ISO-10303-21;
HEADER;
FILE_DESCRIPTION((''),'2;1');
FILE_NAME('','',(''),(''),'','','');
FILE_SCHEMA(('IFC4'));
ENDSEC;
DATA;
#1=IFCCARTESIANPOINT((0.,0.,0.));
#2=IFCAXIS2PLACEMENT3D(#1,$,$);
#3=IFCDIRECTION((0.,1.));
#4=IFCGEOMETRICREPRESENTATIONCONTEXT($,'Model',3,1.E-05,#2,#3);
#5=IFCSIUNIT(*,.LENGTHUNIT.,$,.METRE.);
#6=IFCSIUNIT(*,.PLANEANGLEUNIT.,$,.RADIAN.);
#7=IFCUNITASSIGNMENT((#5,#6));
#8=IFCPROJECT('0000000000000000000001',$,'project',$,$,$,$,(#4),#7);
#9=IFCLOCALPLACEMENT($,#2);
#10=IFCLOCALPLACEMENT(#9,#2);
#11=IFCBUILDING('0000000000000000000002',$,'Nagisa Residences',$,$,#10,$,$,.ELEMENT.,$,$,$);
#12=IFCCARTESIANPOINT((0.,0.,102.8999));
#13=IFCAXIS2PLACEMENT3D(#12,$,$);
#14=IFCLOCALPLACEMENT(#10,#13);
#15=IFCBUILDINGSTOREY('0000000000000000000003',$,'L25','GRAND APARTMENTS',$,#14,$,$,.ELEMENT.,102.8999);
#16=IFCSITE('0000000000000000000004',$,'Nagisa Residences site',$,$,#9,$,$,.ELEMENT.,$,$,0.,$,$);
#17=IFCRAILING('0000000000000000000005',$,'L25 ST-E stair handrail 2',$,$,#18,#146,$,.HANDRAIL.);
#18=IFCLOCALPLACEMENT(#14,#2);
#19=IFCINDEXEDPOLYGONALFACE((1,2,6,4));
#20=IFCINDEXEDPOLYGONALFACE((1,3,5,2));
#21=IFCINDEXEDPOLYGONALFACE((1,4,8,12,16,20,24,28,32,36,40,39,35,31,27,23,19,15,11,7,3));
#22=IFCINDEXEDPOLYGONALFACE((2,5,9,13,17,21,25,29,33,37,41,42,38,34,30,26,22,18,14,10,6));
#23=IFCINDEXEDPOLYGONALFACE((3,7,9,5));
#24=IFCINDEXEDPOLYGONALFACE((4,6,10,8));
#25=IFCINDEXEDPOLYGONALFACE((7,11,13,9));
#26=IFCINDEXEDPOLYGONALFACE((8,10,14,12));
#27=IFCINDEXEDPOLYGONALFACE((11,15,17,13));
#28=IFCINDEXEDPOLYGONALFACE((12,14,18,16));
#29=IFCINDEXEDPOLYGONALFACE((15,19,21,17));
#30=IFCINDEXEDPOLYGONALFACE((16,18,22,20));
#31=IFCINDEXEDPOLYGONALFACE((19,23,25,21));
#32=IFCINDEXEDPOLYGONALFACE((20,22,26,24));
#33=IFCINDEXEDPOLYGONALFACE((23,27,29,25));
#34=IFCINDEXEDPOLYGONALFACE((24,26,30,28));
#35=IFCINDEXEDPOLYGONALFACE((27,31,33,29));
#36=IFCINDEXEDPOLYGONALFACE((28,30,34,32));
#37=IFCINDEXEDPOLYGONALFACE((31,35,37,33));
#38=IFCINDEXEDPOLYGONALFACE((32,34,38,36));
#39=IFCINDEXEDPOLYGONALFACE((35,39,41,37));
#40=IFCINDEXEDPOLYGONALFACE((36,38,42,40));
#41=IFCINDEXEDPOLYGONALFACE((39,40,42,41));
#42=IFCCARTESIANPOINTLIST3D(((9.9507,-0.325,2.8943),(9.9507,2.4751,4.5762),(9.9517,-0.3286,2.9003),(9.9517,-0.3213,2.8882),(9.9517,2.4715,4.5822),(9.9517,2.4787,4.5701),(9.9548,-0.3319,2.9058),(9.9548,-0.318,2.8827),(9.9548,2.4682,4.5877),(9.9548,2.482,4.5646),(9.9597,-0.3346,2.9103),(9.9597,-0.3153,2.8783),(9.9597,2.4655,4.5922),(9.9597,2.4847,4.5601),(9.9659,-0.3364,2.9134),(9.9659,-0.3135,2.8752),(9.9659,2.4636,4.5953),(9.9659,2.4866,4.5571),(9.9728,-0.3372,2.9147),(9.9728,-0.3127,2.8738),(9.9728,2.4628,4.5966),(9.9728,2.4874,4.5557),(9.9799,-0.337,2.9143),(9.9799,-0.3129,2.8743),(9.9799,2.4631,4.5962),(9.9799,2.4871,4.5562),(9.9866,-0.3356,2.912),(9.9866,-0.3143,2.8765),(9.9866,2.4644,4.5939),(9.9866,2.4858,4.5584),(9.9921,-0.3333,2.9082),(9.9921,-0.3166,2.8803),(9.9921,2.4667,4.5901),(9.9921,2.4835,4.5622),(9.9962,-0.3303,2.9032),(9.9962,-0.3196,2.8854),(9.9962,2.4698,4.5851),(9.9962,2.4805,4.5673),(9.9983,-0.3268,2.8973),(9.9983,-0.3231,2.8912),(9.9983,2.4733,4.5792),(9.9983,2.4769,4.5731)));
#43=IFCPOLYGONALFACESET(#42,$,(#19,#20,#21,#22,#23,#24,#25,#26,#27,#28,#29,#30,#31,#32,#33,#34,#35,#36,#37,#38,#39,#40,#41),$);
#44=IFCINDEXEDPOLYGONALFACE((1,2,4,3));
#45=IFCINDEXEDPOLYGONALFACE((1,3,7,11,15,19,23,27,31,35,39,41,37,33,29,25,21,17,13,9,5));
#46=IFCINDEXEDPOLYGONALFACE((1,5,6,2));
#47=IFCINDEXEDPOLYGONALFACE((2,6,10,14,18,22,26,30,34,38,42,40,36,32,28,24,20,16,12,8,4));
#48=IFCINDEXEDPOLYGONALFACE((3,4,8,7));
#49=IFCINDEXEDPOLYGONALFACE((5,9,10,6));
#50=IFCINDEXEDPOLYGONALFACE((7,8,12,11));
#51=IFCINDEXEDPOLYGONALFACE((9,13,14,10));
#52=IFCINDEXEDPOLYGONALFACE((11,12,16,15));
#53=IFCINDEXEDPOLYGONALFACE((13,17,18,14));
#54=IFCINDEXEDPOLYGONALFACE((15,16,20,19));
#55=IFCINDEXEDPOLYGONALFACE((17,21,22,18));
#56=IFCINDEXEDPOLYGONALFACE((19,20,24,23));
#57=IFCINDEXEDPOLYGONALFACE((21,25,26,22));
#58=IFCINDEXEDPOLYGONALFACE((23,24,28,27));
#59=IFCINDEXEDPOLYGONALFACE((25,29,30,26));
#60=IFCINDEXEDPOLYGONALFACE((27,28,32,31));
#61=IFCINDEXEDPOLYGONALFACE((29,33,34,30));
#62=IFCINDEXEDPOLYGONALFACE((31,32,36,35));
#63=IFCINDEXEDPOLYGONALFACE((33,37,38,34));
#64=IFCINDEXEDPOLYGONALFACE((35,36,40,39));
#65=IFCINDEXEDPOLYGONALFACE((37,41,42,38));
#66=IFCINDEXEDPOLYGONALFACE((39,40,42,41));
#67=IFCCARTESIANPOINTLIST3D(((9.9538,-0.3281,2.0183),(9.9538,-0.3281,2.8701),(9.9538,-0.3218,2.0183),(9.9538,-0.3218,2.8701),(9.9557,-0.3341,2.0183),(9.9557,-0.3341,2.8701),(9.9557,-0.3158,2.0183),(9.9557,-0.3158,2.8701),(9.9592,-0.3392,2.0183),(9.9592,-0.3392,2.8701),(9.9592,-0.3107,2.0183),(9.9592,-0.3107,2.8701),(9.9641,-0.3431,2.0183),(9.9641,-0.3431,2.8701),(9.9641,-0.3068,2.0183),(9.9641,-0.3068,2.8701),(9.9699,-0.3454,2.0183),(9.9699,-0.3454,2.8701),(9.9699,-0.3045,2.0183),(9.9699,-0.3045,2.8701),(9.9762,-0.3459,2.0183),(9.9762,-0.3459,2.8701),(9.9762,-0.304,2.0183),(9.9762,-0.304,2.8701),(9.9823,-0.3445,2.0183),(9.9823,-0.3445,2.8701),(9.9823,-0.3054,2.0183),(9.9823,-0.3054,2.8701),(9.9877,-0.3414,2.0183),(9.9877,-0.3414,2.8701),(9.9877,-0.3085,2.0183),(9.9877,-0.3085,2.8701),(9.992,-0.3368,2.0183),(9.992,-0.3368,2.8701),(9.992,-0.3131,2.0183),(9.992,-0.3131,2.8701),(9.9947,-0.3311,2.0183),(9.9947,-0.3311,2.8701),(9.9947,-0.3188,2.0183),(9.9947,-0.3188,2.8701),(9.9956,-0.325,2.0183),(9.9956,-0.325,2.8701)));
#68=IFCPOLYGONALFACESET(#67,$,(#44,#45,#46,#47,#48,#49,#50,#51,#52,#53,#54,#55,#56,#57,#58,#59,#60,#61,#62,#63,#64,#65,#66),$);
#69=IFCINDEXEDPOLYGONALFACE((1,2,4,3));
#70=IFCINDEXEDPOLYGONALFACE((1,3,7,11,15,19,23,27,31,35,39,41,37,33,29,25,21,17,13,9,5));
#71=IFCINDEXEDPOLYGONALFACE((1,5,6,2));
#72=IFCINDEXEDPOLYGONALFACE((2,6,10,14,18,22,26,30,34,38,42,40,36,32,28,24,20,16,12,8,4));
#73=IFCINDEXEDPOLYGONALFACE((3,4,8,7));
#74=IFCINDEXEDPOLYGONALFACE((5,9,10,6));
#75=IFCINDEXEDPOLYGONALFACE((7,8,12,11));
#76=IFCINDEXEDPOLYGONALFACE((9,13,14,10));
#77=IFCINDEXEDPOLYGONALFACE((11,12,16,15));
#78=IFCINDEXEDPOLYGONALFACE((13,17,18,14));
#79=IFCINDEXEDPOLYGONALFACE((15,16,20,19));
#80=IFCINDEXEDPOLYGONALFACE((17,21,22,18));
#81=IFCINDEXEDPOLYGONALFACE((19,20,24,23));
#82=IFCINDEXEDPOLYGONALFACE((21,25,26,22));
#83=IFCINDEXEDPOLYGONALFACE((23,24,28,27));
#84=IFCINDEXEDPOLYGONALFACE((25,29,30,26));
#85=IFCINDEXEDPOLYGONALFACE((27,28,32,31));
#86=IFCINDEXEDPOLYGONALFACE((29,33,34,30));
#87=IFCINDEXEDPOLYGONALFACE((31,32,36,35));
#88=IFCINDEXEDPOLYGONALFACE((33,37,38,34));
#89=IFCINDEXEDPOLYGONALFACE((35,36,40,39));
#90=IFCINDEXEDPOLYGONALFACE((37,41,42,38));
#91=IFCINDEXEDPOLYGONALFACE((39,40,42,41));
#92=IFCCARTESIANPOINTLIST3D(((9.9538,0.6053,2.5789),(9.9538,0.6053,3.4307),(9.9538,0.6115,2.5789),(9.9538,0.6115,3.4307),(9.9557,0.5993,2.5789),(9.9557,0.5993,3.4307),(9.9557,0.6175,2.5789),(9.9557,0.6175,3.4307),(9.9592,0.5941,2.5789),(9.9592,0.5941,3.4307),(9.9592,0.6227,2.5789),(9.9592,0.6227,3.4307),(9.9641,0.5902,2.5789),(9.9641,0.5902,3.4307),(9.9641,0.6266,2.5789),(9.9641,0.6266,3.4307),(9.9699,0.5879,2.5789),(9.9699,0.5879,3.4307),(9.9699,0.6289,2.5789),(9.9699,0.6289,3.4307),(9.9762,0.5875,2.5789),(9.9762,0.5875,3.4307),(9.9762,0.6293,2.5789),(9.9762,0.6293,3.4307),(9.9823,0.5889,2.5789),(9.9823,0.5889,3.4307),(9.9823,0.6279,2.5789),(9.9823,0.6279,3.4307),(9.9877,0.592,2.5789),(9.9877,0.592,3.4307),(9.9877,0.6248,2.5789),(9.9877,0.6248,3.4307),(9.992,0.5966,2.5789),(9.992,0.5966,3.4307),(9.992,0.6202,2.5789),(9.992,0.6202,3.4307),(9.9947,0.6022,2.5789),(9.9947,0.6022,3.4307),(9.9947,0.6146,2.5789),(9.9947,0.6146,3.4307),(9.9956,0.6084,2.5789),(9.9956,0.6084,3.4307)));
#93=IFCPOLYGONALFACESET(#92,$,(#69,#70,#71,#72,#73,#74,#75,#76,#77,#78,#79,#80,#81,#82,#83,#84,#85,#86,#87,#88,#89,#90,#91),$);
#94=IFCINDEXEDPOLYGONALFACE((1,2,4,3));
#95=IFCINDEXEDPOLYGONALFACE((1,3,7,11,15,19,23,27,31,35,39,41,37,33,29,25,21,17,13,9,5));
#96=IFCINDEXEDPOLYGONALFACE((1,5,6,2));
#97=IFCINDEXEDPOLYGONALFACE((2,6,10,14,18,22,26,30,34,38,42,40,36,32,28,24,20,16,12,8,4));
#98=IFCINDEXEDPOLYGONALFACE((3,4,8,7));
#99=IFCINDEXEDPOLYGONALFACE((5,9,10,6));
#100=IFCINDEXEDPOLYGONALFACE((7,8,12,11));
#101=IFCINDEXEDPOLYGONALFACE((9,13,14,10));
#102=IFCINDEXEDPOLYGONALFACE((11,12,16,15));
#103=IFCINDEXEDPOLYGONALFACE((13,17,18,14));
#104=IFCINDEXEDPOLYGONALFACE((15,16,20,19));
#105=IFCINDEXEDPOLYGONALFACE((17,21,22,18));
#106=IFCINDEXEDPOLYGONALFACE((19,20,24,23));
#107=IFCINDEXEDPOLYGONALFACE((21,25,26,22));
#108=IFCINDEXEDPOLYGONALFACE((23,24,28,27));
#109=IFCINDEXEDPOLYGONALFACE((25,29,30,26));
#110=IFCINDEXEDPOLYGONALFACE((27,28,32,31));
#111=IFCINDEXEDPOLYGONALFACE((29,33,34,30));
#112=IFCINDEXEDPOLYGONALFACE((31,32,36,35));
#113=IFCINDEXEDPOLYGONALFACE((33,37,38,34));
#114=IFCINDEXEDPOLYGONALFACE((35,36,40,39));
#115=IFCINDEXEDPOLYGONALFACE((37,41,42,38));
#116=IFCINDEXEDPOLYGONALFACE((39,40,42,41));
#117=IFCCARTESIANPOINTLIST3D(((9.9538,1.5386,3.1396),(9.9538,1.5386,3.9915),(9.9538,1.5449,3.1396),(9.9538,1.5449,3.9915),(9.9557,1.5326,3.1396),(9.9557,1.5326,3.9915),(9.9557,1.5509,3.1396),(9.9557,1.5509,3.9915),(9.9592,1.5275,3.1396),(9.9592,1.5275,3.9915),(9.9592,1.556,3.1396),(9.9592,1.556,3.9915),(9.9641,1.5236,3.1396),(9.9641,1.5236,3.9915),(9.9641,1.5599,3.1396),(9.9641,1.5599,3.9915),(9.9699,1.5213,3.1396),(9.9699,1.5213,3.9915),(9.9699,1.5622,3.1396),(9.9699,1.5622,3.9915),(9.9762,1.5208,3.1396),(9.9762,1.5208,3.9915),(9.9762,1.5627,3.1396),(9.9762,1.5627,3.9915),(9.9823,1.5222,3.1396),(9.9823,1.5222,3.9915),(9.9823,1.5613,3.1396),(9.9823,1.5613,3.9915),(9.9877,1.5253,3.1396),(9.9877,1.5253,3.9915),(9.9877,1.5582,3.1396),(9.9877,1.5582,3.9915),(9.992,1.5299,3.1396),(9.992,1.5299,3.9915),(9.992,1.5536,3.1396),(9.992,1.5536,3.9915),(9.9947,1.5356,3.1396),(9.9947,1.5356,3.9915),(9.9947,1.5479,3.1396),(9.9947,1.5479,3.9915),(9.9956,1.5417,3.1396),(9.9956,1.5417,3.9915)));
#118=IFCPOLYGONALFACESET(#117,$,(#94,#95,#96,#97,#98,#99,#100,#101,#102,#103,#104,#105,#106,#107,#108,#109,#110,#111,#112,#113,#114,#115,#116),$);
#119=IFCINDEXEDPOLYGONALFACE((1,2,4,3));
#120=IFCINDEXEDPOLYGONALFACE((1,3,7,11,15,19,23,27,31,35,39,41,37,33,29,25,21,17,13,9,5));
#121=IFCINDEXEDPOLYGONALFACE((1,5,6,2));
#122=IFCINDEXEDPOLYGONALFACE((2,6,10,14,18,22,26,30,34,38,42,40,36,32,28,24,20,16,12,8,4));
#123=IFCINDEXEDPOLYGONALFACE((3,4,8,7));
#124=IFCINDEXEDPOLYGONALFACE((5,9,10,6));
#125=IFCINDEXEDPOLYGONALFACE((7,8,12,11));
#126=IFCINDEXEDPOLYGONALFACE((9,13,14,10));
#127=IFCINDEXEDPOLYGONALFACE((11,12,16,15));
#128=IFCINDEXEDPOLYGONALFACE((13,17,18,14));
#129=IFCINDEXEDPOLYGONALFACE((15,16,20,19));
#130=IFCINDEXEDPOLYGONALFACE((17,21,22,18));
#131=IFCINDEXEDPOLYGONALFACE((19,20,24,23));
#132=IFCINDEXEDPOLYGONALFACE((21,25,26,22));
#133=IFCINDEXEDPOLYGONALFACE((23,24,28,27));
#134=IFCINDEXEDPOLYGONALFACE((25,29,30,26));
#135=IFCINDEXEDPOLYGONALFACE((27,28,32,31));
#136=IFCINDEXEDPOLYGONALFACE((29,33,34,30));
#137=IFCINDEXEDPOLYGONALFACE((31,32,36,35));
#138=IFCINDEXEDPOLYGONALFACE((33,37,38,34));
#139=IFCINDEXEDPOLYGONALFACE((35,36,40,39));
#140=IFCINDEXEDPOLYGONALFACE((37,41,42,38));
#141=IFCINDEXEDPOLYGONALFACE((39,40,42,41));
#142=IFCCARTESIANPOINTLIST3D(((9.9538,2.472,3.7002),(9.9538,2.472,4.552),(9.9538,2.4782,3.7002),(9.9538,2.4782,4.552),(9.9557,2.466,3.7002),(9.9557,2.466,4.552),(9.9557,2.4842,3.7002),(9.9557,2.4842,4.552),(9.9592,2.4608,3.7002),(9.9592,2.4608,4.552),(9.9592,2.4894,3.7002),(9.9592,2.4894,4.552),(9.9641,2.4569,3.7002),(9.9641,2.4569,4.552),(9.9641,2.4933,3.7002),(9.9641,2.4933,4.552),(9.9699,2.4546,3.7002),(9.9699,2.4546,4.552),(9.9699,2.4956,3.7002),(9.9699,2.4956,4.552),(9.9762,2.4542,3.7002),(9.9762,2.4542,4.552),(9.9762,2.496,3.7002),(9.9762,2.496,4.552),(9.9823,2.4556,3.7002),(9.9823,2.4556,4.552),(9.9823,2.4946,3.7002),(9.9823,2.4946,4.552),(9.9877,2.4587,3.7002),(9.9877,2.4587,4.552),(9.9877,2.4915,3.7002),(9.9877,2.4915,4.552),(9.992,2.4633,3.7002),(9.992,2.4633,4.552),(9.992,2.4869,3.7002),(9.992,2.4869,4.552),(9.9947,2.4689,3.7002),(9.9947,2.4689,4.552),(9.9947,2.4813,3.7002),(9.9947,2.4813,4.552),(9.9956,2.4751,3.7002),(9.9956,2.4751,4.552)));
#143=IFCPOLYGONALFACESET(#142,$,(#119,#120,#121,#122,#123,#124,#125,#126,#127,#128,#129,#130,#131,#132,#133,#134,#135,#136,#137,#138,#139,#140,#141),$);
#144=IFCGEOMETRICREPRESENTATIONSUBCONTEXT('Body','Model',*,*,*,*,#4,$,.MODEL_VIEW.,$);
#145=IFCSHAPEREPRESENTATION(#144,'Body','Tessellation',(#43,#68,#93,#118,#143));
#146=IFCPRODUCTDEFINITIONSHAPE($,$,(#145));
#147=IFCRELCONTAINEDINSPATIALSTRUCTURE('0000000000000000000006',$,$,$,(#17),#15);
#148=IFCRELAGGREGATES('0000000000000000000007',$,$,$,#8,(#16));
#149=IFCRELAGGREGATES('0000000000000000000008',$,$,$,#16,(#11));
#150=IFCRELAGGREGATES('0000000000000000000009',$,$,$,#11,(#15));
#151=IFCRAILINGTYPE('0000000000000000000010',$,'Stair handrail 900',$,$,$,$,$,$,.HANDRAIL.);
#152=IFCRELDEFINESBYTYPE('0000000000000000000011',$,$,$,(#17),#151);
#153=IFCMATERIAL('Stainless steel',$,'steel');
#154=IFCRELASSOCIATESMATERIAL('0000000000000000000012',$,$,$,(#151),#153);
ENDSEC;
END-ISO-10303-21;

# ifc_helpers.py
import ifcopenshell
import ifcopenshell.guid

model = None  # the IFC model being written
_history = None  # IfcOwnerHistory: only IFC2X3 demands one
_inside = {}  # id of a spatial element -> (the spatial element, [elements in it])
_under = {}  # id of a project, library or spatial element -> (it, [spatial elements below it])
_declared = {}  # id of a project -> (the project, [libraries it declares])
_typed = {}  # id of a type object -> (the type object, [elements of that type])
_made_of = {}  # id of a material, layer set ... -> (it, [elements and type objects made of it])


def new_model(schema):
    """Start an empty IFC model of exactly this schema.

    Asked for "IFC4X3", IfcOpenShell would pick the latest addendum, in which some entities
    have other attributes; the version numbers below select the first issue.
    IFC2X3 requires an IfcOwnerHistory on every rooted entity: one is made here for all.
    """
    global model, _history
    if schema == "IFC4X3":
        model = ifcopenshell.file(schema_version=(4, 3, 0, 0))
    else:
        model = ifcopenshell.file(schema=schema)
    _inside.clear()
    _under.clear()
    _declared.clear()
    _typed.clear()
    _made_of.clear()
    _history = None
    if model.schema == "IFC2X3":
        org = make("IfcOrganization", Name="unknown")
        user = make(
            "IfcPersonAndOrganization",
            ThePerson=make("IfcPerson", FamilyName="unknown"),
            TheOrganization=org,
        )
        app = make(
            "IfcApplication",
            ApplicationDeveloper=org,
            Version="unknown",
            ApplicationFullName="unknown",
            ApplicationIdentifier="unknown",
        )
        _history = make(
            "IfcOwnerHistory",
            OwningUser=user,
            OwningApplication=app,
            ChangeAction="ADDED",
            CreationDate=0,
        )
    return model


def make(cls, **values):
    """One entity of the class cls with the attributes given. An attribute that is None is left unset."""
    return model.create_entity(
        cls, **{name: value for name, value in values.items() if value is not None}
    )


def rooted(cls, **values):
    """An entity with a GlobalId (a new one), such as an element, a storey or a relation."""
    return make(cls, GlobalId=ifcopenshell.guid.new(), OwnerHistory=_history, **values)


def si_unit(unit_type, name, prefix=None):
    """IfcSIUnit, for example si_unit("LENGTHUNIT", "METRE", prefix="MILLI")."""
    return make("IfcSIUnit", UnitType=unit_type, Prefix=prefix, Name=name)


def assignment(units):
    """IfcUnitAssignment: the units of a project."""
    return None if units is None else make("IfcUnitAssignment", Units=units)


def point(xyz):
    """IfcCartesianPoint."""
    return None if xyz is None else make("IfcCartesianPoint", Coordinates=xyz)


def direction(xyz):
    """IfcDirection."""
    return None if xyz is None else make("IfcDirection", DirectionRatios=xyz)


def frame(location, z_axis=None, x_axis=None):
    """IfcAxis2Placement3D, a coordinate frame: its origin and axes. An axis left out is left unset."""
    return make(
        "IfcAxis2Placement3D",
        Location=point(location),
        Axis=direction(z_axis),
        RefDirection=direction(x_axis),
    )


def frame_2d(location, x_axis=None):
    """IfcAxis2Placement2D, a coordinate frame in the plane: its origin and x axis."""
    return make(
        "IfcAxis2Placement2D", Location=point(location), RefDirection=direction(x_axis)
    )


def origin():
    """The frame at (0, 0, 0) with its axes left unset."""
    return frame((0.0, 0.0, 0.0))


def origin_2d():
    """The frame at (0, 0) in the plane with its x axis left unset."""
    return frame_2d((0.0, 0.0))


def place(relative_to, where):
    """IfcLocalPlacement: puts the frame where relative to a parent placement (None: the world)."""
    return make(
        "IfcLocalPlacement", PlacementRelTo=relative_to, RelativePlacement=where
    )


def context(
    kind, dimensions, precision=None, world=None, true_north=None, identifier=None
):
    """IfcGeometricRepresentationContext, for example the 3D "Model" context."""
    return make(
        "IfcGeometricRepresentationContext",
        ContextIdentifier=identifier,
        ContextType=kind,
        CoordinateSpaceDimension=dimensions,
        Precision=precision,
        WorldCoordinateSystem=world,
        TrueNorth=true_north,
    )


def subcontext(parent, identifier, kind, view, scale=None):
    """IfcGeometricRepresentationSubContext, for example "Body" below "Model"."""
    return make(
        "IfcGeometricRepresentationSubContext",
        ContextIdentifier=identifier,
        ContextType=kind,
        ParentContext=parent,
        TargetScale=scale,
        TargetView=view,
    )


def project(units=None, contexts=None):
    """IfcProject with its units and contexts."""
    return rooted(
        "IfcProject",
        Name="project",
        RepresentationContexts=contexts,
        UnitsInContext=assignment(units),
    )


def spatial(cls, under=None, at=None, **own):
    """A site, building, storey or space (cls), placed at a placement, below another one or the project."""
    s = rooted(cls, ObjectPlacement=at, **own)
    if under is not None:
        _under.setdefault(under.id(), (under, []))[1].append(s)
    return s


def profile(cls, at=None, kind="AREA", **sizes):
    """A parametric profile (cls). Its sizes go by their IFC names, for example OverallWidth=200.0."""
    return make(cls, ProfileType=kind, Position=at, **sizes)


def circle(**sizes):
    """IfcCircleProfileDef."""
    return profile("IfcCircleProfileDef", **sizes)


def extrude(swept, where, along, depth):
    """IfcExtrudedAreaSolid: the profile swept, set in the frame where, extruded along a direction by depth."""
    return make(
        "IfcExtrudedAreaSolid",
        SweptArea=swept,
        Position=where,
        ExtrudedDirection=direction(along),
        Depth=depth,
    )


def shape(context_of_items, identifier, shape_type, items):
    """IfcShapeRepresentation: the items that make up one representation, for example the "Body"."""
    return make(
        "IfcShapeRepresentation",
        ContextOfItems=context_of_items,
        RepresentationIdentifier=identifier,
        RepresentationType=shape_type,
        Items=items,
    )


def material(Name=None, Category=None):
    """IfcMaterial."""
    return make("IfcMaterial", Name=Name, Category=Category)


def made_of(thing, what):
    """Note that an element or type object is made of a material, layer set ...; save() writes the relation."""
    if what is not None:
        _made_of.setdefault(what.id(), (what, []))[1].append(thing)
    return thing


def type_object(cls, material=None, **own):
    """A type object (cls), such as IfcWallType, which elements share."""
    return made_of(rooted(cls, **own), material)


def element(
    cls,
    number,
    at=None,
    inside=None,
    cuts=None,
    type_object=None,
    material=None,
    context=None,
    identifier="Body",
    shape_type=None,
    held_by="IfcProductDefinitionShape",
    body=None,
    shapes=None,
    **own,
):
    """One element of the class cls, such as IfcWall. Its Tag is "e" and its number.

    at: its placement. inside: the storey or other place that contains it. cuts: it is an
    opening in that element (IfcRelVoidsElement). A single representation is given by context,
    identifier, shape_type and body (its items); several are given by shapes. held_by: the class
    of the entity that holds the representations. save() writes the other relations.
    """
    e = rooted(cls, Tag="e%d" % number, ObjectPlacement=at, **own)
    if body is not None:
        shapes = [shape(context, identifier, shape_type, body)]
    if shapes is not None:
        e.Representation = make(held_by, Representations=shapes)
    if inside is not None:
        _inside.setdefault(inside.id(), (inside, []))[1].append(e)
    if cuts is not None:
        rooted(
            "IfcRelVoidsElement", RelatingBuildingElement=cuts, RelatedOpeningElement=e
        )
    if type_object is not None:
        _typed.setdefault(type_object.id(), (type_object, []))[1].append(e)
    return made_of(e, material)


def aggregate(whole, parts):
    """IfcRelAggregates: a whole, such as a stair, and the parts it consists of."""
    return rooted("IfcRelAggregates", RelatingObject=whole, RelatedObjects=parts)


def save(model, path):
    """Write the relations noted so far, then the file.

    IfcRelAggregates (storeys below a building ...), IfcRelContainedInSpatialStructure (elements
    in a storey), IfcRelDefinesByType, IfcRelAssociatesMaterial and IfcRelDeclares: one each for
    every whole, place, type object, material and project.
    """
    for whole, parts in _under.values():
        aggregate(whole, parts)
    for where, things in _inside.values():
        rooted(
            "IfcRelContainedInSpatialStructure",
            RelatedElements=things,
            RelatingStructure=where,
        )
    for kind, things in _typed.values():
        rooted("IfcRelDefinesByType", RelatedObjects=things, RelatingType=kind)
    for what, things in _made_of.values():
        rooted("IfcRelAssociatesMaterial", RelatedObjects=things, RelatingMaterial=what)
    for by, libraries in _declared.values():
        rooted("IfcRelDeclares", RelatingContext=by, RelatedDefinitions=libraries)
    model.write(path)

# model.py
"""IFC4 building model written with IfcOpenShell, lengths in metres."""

from ifc_helpers import new_model, si_unit, direction, frame, origin, origin_2d, place, context, subcontext, project, spatial, circle, extrude, material, type_object, element, save


model = new_model("IFC4")

# Units and contexts
model_context = context("Model", 3, precision=1e-05, world=origin(), true_north=direction((0.0, 1.0)))
body_context = subcontext(model_context, "Body", "Model", "MODEL_VIEW")
ifc_project = project(units=[si_unit("LENGTHUNIT", "METRE"), si_unit("PLANEANGLEUNIT", "RADIAN")], contexts=[model_context])

# Site, building, storey
site_placement = place(None, origin())
site = spatial("IfcSite", under=ifc_project, at=site_placement, Name="Nagisa Residences site", CompositionType="ELEMENT", RefElevation=0.0)
building_placement = place(site_placement, origin())
building = spatial("IfcBuilding", under=site, at=building_placement, Name="Nagisa Residences", CompositionType="ELEMENT")
storey_placement = place(building_placement, frame((0.0, 0.0, 102.8999)))
storey = spatial("IfcBuildingStorey", under=building, at=storey_placement, Name="L25", Description="GRAND APARTMENTS", CompositionType="ELEMENT", Elevation=102.8999)

# Railing
ifc_material_1 = material(Name="Stainless steel", Category="steel")
railing_type_1 = type_object("IfcRailingType", Name="Stair handrail 900", PredefinedType="HANDRAIL", material=ifc_material_1)
railing_1_placement = place(storey_placement, frame((9.9746, -0.325, 2.0183)))
element("IfcRailing", 1, at=railing_1_placement, inside=storey, type_object=railing_type_1, Name="L25 ST-E stair handrail 2", PredefinedType="HANDRAIL", context=body_context, shape_type="SweptSolid", body=[
    extrude(circle(Radius=0.0239, at=origin_2d()), frame((0.0, 0.0, 0.876), z_axis=(0.0, 0.857242, 0.514913), x_axis=(-1.0, 0.0, 0.0)), (0.0, 0.0, 1.0), 3.2664),
    extrude(circle(Radius=0.021, at=origin_2d()), origin(), (0.0, 0.0, 1.0), 0.8518),
    extrude(circle(Radius=0.021, at=origin_2d()), frame((0.0, 0.9333, 0.5605)), (0.0, 0.0, 1.0), 0.8518),
    extrude(circle(Radius=0.021, at=origin_2d()), frame((0.0, 1.8667, 1.1213)), (0.0, 0.0, 1.0), 0.8518),
    extrude(circle(Radius=0.021, at=origin_2d()), frame((0.0, 2.8, 1.6819)), (0.0, 0.0, 1.0), 0.8518),
])

save(model, "model.ifc")
